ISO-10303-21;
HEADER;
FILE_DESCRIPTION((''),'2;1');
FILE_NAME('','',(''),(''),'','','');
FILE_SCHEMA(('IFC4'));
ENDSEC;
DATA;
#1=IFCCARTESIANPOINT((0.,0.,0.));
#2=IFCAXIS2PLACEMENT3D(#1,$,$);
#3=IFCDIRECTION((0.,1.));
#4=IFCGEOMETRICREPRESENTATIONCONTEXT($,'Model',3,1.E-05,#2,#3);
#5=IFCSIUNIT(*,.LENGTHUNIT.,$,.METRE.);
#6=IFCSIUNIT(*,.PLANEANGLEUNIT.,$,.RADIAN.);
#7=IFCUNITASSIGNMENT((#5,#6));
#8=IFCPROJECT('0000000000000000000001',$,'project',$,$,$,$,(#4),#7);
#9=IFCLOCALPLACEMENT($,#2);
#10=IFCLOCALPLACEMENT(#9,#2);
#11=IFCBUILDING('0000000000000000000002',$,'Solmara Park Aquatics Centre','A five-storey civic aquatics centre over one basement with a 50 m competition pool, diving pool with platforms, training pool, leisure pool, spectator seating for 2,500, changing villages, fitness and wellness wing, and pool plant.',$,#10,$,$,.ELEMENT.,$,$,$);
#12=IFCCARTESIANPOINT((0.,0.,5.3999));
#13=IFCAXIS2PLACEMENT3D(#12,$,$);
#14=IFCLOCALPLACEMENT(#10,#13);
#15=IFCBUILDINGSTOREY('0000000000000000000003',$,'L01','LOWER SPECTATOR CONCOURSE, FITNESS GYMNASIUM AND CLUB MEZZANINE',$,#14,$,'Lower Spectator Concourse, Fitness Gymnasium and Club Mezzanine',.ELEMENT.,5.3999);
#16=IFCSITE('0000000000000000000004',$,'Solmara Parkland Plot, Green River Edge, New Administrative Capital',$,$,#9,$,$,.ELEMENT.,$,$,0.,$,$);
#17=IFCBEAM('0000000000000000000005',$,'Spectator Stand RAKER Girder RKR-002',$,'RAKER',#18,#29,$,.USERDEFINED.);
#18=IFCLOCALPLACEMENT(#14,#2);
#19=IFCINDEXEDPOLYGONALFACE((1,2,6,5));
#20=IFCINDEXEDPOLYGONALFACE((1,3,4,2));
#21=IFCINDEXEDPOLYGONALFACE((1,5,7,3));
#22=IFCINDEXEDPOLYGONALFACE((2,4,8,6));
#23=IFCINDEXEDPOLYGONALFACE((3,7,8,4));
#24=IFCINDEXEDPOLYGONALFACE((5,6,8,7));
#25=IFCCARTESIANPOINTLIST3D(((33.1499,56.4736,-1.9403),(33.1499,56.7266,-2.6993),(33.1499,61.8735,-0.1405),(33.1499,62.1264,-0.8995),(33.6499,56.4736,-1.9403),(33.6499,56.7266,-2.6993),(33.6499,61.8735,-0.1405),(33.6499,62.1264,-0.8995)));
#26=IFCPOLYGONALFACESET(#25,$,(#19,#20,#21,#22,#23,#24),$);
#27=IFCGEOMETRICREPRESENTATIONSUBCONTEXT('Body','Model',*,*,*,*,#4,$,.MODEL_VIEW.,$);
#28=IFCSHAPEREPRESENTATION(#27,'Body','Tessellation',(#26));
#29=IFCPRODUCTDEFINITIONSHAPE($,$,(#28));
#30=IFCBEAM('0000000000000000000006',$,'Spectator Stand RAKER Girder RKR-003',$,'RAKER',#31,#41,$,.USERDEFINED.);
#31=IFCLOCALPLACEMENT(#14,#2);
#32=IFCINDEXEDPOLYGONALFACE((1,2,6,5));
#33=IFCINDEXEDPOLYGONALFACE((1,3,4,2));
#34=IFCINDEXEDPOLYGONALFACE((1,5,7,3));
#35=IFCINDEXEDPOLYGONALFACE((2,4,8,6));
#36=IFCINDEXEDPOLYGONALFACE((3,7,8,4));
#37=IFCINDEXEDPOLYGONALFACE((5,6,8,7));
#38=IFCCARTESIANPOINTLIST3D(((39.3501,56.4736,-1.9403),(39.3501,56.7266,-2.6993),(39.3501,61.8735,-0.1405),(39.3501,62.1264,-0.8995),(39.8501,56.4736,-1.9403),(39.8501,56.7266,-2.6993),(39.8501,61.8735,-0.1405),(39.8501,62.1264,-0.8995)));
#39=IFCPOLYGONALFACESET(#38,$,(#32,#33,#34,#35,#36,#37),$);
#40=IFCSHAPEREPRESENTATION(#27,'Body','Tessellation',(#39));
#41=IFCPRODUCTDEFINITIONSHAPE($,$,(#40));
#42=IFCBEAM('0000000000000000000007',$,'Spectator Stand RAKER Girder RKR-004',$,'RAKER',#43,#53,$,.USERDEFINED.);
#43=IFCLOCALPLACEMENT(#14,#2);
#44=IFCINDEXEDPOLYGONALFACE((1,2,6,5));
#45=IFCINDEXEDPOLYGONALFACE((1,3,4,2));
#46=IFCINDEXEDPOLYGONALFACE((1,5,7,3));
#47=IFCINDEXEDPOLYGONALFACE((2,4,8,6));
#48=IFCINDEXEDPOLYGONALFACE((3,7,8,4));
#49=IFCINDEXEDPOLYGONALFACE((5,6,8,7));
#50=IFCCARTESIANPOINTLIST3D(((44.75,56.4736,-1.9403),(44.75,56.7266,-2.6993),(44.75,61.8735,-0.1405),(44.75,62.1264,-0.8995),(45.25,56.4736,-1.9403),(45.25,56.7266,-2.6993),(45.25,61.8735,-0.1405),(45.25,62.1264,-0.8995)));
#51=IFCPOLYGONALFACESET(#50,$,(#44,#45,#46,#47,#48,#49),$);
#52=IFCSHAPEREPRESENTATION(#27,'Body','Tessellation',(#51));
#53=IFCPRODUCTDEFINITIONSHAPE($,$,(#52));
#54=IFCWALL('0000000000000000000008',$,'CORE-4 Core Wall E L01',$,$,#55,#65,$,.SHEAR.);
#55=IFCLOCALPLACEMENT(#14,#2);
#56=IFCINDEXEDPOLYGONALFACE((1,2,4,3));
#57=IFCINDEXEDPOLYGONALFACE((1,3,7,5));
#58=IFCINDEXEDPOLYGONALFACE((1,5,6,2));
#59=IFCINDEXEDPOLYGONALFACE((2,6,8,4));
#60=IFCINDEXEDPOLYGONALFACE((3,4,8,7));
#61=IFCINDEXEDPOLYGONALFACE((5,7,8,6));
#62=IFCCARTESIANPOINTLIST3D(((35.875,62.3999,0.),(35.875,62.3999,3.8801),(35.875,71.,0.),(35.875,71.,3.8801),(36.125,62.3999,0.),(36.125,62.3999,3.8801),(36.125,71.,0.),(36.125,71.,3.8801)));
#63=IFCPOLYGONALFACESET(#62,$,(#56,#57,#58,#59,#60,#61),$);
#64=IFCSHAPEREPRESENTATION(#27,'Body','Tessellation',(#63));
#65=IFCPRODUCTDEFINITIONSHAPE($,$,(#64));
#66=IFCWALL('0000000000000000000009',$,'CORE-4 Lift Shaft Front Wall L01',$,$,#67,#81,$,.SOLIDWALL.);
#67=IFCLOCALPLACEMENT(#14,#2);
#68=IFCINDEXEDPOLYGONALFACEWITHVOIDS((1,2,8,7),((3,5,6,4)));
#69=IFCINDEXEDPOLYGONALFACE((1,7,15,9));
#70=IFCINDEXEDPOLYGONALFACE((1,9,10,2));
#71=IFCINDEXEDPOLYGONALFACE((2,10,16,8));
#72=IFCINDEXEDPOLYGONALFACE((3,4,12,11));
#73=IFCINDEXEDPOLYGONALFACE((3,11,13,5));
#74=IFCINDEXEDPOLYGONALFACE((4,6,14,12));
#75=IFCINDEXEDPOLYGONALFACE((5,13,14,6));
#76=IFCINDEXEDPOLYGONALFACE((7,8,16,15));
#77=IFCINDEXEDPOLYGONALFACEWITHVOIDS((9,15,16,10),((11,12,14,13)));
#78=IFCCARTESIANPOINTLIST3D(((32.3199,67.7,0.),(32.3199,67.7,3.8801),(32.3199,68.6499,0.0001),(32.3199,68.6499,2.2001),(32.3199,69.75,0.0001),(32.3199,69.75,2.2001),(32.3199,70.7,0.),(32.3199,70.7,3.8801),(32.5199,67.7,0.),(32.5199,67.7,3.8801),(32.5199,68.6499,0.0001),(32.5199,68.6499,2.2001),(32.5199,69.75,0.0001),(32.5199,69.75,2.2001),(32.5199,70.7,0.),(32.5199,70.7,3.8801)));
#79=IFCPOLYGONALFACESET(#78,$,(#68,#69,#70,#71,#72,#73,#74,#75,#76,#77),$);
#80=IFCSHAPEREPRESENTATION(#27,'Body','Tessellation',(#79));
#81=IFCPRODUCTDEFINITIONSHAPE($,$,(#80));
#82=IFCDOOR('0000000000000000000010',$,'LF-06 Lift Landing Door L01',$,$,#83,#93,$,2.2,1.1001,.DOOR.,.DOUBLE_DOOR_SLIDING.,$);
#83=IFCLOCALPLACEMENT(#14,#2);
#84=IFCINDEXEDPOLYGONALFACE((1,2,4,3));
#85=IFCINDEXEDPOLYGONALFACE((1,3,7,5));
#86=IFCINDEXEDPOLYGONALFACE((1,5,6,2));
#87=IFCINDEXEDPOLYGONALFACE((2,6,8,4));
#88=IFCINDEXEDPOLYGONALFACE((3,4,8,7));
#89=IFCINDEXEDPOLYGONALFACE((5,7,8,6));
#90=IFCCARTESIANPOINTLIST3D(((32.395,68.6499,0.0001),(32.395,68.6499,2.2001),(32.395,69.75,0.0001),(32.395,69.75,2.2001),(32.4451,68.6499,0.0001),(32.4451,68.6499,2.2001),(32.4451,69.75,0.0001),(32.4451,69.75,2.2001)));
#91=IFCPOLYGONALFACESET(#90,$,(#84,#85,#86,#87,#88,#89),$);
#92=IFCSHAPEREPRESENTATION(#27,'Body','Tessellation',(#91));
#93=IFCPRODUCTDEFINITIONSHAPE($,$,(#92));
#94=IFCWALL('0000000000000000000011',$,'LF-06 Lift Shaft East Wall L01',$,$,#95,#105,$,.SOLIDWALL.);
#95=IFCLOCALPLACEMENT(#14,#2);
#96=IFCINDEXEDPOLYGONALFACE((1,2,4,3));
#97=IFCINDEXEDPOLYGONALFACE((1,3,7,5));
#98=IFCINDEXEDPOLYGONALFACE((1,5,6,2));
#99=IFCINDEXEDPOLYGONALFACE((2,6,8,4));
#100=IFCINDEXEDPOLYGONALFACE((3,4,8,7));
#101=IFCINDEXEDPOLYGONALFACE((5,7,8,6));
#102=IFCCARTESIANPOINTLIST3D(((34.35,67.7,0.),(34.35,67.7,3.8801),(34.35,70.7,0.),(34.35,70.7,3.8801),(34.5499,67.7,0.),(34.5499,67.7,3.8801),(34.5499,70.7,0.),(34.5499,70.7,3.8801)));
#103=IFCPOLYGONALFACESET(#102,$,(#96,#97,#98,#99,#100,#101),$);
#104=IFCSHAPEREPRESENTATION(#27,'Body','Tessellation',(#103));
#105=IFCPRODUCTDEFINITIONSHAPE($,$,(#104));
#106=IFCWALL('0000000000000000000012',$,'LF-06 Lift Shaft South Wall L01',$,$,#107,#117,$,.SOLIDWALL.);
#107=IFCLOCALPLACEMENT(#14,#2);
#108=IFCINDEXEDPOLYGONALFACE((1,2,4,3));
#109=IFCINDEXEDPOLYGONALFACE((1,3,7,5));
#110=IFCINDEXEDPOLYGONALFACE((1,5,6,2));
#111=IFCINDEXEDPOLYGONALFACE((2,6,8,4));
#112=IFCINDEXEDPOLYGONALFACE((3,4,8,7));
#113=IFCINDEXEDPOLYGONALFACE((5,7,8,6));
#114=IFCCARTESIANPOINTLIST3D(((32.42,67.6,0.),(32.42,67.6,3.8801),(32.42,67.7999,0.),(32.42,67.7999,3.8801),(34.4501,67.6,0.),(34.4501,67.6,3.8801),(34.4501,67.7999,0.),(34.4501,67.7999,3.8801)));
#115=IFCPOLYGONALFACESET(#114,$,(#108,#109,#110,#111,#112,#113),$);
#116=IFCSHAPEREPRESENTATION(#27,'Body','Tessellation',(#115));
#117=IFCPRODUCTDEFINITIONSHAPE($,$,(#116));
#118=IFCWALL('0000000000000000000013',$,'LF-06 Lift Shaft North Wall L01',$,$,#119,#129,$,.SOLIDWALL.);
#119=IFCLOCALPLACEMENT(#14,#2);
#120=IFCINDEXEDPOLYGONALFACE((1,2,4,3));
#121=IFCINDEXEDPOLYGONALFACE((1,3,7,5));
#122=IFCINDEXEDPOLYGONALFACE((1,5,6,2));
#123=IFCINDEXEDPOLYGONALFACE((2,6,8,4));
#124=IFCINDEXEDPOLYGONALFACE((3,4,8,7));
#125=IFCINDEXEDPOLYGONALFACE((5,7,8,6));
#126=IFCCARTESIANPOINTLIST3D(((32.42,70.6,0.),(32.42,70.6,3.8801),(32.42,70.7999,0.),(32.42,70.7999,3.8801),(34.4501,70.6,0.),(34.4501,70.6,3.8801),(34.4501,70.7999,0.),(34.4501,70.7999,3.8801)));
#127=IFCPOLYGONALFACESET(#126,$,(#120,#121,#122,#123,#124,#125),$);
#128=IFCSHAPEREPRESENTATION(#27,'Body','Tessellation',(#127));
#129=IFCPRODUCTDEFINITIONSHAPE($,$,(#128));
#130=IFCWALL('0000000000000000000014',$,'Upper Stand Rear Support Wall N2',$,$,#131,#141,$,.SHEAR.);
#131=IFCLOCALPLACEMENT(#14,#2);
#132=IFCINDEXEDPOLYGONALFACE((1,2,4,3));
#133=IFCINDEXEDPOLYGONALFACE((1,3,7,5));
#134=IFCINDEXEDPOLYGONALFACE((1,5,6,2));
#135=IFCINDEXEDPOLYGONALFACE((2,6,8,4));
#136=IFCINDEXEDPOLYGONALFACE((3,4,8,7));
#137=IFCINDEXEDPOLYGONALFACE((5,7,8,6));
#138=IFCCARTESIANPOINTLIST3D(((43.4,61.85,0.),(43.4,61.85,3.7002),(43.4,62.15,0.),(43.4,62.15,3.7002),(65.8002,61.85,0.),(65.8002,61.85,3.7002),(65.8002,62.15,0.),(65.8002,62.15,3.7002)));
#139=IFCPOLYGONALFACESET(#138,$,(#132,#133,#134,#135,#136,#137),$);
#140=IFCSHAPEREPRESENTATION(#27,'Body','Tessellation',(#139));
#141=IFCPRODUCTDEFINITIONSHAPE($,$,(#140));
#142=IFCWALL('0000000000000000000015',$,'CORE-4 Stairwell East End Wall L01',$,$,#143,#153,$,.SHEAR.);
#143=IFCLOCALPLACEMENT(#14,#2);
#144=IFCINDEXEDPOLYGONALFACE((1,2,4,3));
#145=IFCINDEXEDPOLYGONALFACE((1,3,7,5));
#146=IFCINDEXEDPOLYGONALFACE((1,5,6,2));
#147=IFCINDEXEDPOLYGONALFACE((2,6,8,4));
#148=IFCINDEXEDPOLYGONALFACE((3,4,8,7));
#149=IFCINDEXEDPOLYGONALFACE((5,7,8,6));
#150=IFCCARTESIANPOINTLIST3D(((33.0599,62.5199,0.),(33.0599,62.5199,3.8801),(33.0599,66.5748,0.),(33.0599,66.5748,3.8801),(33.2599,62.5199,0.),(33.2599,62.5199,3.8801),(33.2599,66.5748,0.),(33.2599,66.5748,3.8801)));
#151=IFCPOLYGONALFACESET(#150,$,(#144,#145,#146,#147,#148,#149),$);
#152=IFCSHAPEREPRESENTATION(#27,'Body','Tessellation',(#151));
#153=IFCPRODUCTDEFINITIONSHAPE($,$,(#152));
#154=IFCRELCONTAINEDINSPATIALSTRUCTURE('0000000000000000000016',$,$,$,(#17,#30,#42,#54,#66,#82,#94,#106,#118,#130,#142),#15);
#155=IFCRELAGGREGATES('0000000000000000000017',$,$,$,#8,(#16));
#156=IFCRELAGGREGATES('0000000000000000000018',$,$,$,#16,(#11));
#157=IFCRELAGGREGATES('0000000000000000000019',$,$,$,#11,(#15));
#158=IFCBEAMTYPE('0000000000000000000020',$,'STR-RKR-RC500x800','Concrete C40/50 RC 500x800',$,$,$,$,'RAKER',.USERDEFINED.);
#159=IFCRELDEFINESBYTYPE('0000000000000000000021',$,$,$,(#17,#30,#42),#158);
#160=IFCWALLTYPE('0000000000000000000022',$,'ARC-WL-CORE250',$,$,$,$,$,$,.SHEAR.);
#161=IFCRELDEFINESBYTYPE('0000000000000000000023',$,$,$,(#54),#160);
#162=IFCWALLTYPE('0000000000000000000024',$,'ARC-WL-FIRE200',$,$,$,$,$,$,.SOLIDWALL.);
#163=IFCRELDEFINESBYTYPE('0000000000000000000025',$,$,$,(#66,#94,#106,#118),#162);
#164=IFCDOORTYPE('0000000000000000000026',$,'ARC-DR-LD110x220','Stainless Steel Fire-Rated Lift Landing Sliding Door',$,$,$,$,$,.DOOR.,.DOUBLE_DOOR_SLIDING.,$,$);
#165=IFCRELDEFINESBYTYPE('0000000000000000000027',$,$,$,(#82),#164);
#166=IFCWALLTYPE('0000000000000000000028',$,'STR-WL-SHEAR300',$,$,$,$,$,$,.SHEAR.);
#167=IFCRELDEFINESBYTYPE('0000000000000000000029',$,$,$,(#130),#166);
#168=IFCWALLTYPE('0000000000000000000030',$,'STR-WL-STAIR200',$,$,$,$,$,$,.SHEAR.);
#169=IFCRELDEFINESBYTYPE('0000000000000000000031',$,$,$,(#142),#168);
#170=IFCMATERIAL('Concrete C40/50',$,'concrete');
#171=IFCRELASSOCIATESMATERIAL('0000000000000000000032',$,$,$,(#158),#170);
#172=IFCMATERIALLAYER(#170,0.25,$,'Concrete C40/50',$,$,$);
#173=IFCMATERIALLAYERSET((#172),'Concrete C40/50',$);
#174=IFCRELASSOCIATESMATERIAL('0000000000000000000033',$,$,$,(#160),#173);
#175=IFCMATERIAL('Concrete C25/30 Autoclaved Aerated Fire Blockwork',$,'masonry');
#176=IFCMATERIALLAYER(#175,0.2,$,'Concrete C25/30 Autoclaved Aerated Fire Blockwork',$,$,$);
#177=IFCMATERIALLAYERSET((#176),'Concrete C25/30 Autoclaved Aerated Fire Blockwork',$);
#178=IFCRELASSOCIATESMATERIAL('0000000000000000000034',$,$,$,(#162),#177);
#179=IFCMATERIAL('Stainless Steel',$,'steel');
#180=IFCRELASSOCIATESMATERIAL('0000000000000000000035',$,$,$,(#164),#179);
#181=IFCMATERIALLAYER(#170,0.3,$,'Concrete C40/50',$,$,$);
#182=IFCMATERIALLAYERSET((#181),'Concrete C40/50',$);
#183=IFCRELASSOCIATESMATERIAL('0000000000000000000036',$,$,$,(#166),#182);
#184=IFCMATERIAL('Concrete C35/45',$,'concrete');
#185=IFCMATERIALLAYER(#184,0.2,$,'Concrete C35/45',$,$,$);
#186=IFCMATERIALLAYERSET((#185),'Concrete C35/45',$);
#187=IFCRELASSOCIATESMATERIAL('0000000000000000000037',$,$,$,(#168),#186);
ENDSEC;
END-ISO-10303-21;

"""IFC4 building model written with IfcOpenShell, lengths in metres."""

from ifc_helpers import new_model, si_unit, direction, frame, frame_2d, origin, origin_2d, place, context, subcontext, project, spatial, rectangle, extrude, material, layer, layer_set, material_profile, profile_set, type_object, element, fill, save


model = new_model("IFC4")

# Units and contexts
model_context = context("Model", 3, precision=1e-05, world=origin(), true_north=direction((0.0, 1.0)))
body_context = subcontext(model_context, "Body", "Model", "MODEL_VIEW")
ifc_project = project(units=[si_unit("LENGTHUNIT", "METRE"), si_unit("PLANEANGLEUNIT", "RADIAN")], contexts=[model_context])

# Site, building, storey
site_placement = place(None, origin())
site = spatial("IfcSite", under=ifc_project, at=site_placement, Name="Solmara Parkland Plot, Green River Edge, New Administrative Capital", CompositionType="ELEMENT", RefElevation=0.0)
building_placement = place(site_placement, origin())
building = spatial("IfcBuilding", under=site, at=building_placement, Name="Solmara Park Aquatics Centre", Description="A five-storey civic aquatics centre over one basement with a 50 m competition pool, diving pool with platforms, training pool, leisure pool, spectator seating for 2,500, changing villages, fitness and wellness wing, and pool plant.", CompositionType="ELEMENT")
storey_placement = place(building_placement, frame((0.0, 0.0, 5.3999)))
storey = spatial("IfcBuildingStorey", under=building, at=storey_placement, Name="L01", Description="LOWER SPECTATOR CONCOURSE, FITNESS GYMNASIUM AND CLUB MEZZANINE", LongName="Lower Spectator Concourse, Fitness Gymnasium and Club Mezzanine", CompositionType="ELEMENT", Elevation=5.3999)

# Beams
ifc_material_1 = material(Name="Concrete C40/50", Category="concrete")
ifc_material_profile_1 = material_profile(ifc_material_1, rectangle(XDim=0.5, YDim=0.8, at=origin_2d()), Name="RC 500x800")
ifc_profile_set_1 = profile_set([ifc_material_profile_1], Name="Concrete C40/50")
beam_type_1 = type_object("IfcBeamType", Name="STR-RKR-RC500x800", Description="Concrete C40/50 RC 500x800", ElementType="RAKER", PredefinedType="USERDEFINED", material=ifc_profile_set_1)
for number, where, z_axis, x_axis, name in (
    (1, (33.3999, 56.6001, -2.3198), (0.0, 0.948692, 0.316202), (-1.0, 0.0, 0.0), "Spectator Stand RAKER Girder RKR-002"),
    (2, (39.6001, 56.6001, -2.3198), (0.0, 0.948692, 0.316202), (-1.0, 0.0, 0.0), "Spectator Stand RAKER Girder RKR-003"),
    (3, (45.0, 56.6001, -2.3198), (0.0, 0.948692, 0.316202), (-1.0, 0.0, 0.0), "Spectator Stand RAKER Girder RKR-004"),
):
    element("IfcBeam", number, at=place(storey_placement, frame(where, z_axis=z_axis, x_axis=x_axis)), inside=storey, type_object=beam_type_1, Name=name, ObjectType="RAKER", PredefinedType="USERDEFINED", context=body_context, shape_type="SweptSolid", body=[
        extrude(rectangle(XDim=0.5, YDim=0.8, at=origin_2d()), origin(), (0.0, 0.0, 1.0), 5.6919),
    ])

# Wall
ifc_layer_1 = layer(ifc_material_1, 0.25, Name="Concrete C40/50")
ifc_layer_set_1 = layer_set([ifc_layer_1], Name="Concrete C40/50")
wall_type_1 = type_object("IfcWallType", Name="ARC-WL-CORE250", PredefinedType="SHEAR", material=ifc_layer_set_1)
wall_1_placement = place(storey_placement, frame((36.0, 62.3999, 0.0), z_axis=(0.0, 0.0, 1.0), x_axis=(0.0, 1.0, 0.0)))
element("IfcWall", 4, at=wall_1_placement, inside=storey, type_object=wall_type_1, Name="CORE-4 Core Wall E L01", PredefinedType="SHEAR", context=body_context, shape_type="SweptSolid", body=[
    extrude(rectangle(XDim=8.6001, YDim=0.25, at=frame_2d((4.3, 0.0))), origin(), (0.0, 0.0, 1.0), 3.8801),
])

# Wall, opening, door
ifc_material_2 = material(Name="Concrete C25/30 Autoclaved Aerated Fire Blockwork", Category="masonry")
ifc_layer_2 = layer(ifc_material_2, 0.2, Name="Concrete C25/30 Autoclaved Aerated Fire Blockwork")
ifc_layer_set_2 = layer_set([ifc_layer_2], Name="Concrete C25/30 Autoclaved Aerated Fire Blockwork")
wall_type_2 = type_object("IfcWallType", Name="ARC-WL-FIRE200", PredefinedType="SOLIDWALL", material=ifc_layer_set_2)
wall_2_placement = place(storey_placement, frame((32.4199, 67.7, 0.0), z_axis=(0.0, 0.0, 1.0), x_axis=(0.0, 1.0, 0.0)))
wall_2 = element("IfcWall", 5, at=wall_2_placement, inside=storey, type_object=wall_type_2, Name="CORE-4 Lift Shaft Front Wall L01", PredefinedType="SOLIDWALL", context=body_context, shape_type="SweptSolid", body=[
    extrude(rectangle(XDim=3.0, YDim=0.2, at=frame_2d((1.5, 0.0))), origin(), (0.0, 0.0, 1.0), 3.8801),
])
opening_placement = place(wall_2_placement, frame((0.95, 0.0, 0.0)))
opening = element("IfcOpeningElement", 6, at=opening_placement, cuts=wall_2, PredefinedType="OPENING", context=body_context, shape_type="SweptSolid", body=[
    extrude(rectangle(XDim=1.1001, YDim=2.2, at=frame_2d((0.55, 1.1001))), frame((0.0, 0.1099, 0.0), z_axis=(0.0, -1.0, 0.0), x_axis=(1.0, 0.0, 0.0)), (0.0, 0.0, 1.0), 0.22),
])
ifc_material_3 = material(Name="Stainless Steel", Category="steel")
door_type = type_object("IfcDoorType", Name="ARC-DR-LD110x220", Description="Stainless Steel Fire-Rated Lift Landing Sliding Door", OperationType="DOUBLE_DOOR_SLIDING", PredefinedType="DOOR", material=ifc_material_3)
door_placement = place(opening_placement, origin())
door = element("IfcDoor", 7, at=door_placement, inside=storey, type_object=door_type, Name="LF-06 Lift Landing Door L01", OperationType="DOUBLE_DOOR_SLIDING", OverallHeight=2.2, OverallWidth=1.1001, PredefinedType="DOOR", context=body_context, shape_type="SweptSolid", body=[
    extrude(rectangle(XDim=1.1001, YDim=2.2, at=frame_2d((0.55, 1.1001))), frame((0.0, 0.0249, 0.0), z_axis=(0.0, -1.0, 0.0), x_axis=(1.0, 0.0, 0.0)), (0.0, 0.0, 1.0), 0.05),
])
fill(opening, door)

# Walls
wall_3_placement = place(storey_placement, frame((34.45, 67.7, 0.0), z_axis=(0.0, 0.0, 1.0), x_axis=(0.0, 1.0, 0.0)))
element("IfcWall", 8, at=wall_3_placement, inside=storey, type_object=wall_type_2, Name="LF-06 Lift Shaft East Wall L01", PredefinedType="SOLIDWALL", context=body_context, shape_type="SweptSolid", body=[
    extrude(rectangle(XDim=3.0, YDim=0.2, at=frame_2d((1.5, 0.0))), origin(), (0.0, 0.0, 1.0), 3.8801),
])
for number, where, z_axis, x_axis, name in (
    (9, (32.4199, 67.7, 0.0), (0.0, 0.0, 1.0), (1.0, 0.0, 0.0), "LF-06 Lift Shaft South Wall L01"),
    (10, (32.4199, 70.7, 0.0), (0.0, 0.0, 1.0), (1.0, 0.0, 0.0), "LF-06 Lift Shaft North Wall L01"),
):
    element("IfcWall", number, at=place(storey_placement, frame(where, z_axis=z_axis, x_axis=x_axis)), inside=storey, type_object=wall_type_2, Name=name, PredefinedType="SOLIDWALL", context=body_context, shape_type="SweptSolid", body=[
        extrude(rectangle(XDim=2.03, YDim=0.2, at=frame_2d((1.0151, 0.0))), origin(), (0.0, 0.0, 1.0), 3.8801),
    ])
ifc_layer_3 = layer(ifc_material_1, 0.3, Name="Concrete C40/50")
ifc_layer_set_3 = layer_set([ifc_layer_3], Name="Concrete C40/50")
wall_type_3 = type_object("IfcWallType", Name="STR-WL-SHEAR300", PredefinedType="SHEAR", material=ifc_layer_set_3)
wall_4_placement = place(storey_placement, frame((43.3999, 62.0, 0.0), z_axis=(0.0, 0.0, 1.0), x_axis=(1.0, 0.0, 0.0)))
element("IfcWall", 11, at=wall_4_placement, inside=storey, type_object=wall_type_3, Name="Upper Stand Rear Support Wall N2", PredefinedType="SHEAR", context=body_context, shape_type="SweptSolid", body=[
    extrude(rectangle(XDim=22.4001, YDim=0.3, at=frame_2d((11.2002, 0.0))), origin(), (0.0, 0.0, 1.0), 3.7002),
])
ifc_material_4 = material(Name="Concrete C35/45", Category="concrete")
ifc_layer_4 = layer(ifc_material_4, 0.2, Name="Concrete C35/45")
ifc_layer_set_4 = layer_set([ifc_layer_4], Name="Concrete C35/45")
wall_type_4 = type_object("IfcWallType", Name="STR-WL-STAIR200", PredefinedType="SHEAR", material=ifc_layer_set_4)
wall_5_placement = place(storey_placement, frame((33.1599, 62.52, 0.0), z_axis=(0.0, 0.0, 1.0), x_axis=(0.0, 1.0, 0.0)))
element("IfcWall", 12, at=wall_5_placement, inside=storey, type_object=wall_type_4, Name="CORE-4 Stairwell East End Wall L01", PredefinedType="SHEAR", context=body_context, shape_type="SweptSolid", body=[
    extrude(rectangle(XDim=4.0549, YDim=0.2, at=frame_2d((2.0273, 0.0))), origin(), (0.0, 0.0, 1.0), 3.8801),
])

save(model, "model.ifc")
